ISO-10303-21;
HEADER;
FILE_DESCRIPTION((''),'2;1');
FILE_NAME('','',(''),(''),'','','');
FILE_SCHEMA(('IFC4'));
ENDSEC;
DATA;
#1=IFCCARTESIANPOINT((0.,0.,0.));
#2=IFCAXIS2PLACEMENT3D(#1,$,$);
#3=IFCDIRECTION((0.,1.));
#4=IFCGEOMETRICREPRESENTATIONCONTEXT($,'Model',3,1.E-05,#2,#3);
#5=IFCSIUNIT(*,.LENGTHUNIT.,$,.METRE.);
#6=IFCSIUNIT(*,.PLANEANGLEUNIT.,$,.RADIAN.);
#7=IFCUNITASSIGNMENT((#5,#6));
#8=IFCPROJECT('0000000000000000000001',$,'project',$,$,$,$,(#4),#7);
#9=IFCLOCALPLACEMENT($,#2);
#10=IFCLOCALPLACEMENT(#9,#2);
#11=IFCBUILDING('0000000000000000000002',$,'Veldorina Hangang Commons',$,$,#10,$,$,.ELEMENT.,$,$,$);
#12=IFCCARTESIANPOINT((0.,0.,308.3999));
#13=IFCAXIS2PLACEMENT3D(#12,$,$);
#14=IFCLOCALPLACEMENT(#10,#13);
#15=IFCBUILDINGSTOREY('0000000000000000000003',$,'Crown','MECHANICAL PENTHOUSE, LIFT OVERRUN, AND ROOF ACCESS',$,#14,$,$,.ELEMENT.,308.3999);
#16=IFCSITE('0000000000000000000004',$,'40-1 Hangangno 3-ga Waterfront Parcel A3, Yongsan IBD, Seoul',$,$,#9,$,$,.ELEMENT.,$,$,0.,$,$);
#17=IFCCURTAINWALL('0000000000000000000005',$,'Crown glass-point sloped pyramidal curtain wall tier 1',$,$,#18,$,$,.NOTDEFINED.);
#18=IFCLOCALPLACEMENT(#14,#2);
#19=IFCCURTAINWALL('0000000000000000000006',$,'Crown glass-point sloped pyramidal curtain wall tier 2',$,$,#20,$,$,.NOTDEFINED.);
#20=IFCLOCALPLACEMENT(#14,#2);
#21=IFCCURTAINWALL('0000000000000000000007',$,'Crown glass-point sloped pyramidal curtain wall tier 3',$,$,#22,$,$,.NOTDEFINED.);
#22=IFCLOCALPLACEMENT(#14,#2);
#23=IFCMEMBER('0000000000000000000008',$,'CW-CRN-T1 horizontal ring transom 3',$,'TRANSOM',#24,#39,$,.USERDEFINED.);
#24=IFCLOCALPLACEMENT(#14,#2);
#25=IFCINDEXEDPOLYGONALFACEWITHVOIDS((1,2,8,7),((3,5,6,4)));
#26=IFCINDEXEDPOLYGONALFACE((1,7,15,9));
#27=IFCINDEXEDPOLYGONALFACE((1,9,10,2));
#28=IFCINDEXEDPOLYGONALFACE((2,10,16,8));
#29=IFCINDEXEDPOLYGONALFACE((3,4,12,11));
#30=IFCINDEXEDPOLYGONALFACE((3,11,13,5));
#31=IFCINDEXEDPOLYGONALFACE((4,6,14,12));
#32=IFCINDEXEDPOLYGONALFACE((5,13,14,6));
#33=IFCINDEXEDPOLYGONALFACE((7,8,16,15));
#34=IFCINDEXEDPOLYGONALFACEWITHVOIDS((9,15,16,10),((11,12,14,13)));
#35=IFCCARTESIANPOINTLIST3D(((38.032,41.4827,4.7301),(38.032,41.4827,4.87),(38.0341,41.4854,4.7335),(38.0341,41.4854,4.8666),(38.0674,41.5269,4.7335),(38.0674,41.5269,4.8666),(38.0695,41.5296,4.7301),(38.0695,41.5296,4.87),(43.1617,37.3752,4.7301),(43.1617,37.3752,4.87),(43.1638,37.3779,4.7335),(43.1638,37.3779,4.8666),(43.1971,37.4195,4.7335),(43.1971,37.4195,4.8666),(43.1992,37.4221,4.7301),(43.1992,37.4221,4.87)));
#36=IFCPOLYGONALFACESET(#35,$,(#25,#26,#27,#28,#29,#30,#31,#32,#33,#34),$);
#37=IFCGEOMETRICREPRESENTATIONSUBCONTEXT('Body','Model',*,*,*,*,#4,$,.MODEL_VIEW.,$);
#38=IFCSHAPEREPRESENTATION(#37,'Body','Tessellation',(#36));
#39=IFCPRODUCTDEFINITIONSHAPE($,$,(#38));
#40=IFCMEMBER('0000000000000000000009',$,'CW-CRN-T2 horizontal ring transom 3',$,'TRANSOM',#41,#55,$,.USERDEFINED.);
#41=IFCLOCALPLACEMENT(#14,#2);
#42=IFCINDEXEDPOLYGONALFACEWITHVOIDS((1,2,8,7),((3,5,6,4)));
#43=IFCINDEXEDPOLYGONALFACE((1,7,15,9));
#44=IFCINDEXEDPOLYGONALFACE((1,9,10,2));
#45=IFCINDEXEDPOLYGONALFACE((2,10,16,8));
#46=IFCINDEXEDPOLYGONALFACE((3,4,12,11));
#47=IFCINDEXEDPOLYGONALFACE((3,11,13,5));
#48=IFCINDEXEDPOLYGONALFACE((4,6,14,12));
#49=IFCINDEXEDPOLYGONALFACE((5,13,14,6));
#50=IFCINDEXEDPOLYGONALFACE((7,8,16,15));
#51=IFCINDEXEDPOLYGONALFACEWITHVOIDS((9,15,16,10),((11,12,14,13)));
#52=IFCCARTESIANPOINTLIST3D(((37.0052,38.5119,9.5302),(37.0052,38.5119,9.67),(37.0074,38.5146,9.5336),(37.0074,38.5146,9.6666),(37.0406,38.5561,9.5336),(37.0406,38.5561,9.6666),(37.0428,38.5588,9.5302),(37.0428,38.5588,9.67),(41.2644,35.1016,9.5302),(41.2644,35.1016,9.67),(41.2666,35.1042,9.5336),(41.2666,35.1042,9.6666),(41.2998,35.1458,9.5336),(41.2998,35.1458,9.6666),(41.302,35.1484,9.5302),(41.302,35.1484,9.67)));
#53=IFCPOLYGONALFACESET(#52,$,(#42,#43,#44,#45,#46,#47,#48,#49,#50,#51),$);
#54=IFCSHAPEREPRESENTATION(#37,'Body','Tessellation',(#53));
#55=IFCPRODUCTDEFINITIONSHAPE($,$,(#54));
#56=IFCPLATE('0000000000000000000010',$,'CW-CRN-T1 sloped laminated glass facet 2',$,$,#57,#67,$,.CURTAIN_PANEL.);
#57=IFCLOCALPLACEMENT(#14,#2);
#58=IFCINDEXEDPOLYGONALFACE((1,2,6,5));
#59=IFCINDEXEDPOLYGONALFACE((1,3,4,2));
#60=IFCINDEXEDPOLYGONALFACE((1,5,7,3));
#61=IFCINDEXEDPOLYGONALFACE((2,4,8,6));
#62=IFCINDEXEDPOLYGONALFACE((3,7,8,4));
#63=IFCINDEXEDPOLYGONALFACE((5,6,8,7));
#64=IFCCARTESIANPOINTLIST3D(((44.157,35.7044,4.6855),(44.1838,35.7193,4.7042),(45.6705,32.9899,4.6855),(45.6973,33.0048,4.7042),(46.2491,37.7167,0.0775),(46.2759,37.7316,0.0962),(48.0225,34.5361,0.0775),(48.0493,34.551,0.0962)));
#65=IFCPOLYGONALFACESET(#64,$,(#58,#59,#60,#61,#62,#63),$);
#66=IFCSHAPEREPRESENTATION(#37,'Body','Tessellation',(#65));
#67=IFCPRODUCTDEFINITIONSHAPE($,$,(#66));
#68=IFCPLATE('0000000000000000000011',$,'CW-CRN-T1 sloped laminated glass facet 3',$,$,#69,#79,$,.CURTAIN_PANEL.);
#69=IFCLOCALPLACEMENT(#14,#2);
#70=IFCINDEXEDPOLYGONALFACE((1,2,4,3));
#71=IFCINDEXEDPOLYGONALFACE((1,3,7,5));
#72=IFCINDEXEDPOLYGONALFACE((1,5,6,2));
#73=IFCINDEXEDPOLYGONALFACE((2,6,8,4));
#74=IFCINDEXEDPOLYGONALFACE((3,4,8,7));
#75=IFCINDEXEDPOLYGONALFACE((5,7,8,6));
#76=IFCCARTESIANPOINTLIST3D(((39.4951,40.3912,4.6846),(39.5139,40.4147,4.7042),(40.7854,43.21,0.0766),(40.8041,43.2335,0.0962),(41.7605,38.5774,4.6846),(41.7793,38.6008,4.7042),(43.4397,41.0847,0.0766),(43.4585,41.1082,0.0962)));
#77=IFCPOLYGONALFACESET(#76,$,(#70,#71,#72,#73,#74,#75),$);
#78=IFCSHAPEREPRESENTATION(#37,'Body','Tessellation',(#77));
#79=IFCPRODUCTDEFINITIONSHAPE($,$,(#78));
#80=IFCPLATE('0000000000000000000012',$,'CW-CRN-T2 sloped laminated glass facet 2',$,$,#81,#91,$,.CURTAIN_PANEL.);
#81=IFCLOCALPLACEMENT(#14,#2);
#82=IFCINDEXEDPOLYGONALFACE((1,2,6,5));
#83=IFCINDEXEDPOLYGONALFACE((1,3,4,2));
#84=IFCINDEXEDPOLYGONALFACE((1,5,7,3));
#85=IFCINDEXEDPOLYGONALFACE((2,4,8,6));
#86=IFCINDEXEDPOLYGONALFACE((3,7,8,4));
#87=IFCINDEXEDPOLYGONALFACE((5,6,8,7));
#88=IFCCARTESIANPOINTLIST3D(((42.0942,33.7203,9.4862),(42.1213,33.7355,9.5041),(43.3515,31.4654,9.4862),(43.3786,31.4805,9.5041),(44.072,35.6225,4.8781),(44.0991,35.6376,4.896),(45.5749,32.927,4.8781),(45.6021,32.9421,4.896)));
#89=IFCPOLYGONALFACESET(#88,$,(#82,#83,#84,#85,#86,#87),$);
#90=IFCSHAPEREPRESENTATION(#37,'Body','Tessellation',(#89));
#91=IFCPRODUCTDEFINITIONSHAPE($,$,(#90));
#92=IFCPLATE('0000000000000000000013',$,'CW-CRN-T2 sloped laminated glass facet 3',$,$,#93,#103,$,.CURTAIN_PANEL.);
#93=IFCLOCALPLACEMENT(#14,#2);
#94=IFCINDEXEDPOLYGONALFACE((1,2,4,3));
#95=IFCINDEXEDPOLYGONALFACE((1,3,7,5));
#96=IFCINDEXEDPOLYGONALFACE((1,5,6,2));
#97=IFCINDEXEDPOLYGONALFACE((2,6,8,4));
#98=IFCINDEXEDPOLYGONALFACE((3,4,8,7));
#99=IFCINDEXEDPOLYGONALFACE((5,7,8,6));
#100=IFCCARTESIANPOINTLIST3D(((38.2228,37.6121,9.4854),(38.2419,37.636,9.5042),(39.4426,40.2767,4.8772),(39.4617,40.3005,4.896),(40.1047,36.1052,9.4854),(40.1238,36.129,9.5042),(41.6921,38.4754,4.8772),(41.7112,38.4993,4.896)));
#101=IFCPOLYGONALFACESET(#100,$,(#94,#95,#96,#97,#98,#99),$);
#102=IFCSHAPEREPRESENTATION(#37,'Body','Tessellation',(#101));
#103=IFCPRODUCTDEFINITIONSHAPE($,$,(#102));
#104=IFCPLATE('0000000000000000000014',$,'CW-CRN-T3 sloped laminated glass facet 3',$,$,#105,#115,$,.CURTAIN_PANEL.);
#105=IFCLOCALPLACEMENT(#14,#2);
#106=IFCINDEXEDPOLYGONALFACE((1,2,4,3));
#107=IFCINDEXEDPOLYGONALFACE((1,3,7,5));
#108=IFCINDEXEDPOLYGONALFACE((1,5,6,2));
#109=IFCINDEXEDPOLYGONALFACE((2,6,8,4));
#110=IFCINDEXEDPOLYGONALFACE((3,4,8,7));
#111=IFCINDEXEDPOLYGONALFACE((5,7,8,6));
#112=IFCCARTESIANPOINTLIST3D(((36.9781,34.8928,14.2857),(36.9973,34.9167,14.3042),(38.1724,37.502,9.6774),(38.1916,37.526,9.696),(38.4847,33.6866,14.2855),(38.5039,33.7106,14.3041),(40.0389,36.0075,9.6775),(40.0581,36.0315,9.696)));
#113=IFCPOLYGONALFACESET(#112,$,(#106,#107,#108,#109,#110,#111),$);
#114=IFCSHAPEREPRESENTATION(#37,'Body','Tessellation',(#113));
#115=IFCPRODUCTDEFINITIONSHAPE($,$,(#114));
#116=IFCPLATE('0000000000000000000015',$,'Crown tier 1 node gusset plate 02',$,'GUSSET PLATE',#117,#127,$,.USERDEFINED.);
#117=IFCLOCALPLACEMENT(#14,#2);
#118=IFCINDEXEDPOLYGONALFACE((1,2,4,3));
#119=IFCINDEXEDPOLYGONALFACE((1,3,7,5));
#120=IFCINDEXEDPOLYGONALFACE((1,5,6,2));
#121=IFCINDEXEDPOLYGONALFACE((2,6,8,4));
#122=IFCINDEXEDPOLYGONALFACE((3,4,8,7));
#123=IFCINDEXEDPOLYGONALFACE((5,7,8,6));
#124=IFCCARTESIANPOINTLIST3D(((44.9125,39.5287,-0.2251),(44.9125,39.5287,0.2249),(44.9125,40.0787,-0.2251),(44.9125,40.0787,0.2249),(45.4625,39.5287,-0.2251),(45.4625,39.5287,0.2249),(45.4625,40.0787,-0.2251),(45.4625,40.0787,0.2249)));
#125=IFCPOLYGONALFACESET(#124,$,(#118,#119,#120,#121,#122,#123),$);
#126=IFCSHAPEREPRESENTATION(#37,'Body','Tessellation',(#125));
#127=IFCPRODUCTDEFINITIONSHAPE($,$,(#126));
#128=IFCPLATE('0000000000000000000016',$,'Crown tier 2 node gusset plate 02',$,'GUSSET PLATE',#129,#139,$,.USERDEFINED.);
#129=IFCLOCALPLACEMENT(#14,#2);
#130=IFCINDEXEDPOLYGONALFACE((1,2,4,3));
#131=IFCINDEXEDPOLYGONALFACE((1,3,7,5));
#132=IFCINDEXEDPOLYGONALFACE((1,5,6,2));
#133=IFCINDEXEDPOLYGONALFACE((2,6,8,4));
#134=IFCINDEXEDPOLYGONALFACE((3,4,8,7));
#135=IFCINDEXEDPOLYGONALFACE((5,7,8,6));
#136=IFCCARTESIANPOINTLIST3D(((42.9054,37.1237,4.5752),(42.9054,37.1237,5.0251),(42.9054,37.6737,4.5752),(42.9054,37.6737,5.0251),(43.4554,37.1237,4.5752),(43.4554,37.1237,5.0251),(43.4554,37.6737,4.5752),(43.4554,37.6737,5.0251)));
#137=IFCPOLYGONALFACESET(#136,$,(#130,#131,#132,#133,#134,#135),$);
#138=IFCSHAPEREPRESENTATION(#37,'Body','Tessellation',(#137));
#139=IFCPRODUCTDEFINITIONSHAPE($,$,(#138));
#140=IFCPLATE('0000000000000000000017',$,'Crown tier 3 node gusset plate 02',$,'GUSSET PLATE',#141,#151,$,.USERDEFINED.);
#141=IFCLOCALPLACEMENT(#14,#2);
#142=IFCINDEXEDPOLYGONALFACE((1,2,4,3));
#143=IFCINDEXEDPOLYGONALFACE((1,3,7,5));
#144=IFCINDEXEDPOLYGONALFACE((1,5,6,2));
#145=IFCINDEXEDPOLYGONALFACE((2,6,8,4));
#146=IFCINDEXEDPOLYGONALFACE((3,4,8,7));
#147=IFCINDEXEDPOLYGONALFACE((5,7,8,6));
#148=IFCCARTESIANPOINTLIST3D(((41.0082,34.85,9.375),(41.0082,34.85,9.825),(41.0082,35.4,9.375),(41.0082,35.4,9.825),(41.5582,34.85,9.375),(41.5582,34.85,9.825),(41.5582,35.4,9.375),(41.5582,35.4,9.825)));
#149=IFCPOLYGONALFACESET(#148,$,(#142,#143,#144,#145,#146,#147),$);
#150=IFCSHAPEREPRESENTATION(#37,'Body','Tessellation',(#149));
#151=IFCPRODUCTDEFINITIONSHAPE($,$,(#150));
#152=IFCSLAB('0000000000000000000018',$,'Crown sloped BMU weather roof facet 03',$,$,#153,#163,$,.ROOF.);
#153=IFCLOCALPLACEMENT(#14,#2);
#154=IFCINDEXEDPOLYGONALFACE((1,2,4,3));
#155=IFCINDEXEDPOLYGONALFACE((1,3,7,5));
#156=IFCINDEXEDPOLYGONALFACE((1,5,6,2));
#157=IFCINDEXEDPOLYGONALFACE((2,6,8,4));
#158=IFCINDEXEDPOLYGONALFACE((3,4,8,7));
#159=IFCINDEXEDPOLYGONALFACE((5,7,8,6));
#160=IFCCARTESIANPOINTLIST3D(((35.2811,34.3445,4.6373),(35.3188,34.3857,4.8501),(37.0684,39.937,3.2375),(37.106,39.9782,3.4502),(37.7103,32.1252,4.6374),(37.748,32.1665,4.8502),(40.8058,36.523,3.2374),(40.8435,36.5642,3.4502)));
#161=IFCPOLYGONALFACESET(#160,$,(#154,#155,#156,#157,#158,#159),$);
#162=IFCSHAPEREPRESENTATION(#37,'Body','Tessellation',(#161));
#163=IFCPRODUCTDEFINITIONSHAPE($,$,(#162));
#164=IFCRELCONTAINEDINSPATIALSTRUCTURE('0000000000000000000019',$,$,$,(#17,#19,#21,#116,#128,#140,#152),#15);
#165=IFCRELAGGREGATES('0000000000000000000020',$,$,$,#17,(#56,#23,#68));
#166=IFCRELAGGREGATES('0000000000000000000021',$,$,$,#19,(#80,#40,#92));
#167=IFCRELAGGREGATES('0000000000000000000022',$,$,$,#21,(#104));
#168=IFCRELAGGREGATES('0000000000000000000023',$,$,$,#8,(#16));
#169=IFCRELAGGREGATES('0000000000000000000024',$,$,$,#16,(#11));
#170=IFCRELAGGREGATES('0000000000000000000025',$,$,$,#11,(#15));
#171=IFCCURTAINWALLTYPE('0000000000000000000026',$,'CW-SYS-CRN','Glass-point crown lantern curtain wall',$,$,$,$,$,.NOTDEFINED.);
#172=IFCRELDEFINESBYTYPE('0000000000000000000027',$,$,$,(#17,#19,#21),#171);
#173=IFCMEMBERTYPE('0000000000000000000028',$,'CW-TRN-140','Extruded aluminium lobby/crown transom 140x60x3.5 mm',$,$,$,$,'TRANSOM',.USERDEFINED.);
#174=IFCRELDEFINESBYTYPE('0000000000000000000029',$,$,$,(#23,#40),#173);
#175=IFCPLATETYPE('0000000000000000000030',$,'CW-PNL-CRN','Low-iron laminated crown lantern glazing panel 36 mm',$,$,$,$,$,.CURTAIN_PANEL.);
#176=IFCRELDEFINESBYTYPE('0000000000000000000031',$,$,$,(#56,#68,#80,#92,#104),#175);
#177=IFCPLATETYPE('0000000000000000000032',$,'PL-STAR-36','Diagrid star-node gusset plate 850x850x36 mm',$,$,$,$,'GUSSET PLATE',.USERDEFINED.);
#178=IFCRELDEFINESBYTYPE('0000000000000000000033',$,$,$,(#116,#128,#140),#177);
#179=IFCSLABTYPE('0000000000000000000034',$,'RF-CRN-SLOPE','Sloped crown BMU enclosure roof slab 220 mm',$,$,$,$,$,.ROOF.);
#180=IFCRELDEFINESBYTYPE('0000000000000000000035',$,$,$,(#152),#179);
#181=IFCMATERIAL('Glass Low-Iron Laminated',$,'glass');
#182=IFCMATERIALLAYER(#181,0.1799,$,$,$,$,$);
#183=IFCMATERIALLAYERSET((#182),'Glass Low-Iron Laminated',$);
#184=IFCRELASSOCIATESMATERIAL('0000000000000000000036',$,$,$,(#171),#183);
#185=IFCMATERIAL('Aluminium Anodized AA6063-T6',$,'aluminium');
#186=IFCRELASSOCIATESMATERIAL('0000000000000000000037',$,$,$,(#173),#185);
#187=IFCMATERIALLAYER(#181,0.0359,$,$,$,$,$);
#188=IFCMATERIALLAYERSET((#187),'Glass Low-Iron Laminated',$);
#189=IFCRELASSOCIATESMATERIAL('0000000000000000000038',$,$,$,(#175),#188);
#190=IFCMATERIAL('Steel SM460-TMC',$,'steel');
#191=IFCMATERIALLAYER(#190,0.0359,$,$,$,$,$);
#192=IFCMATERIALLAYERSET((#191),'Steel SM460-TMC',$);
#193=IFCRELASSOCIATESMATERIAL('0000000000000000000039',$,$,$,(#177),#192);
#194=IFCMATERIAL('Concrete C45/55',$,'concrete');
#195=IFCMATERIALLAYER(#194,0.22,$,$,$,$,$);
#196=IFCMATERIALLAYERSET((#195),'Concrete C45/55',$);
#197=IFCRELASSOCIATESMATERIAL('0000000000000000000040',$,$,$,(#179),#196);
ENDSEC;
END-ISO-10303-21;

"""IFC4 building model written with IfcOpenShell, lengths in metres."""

from ifc_helpers import new_model, si_unit, direction, frame, origin, origin_2d, place, context, subcontext, project, spatial, polyline, rectangle, hollow_rectangle, outline, extrude, material, layer, layer_set, material_profile, profile_set, type_object, element, aggregate, save


model = new_model("IFC4")

# Units and contexts
model_context = context("Model", 3, precision=1e-05, world=origin(), true_north=direction((0.0, 1.0)))
body_context = subcontext(model_context, "Body", "Model", "MODEL_VIEW")
ifc_project = project(units=[si_unit("LENGTHUNIT", "METRE"), si_unit("PLANEANGLEUNIT", "RADIAN")], contexts=[model_context])

# Site, building, storey
site_placement = place(None, origin())
site = spatial("IfcSite", under=ifc_project, at=site_placement, Name="40-1 Hangangno 3-ga Waterfront Parcel A3, Yongsan IBD, Seoul", CompositionType="ELEMENT", RefElevation=0.0)
building_placement = place(site_placement, origin())
building = spatial("IfcBuilding", under=site, at=building_placement, Name="Veldorina Hangang Commons", CompositionType="ELEMENT")
storey_placement = place(building_placement, frame((0.0, 0.0, 308.3999)))
storey = spatial("IfcBuildingStorey", under=building, at=storey_placement, Name="Crown", Description="MECHANICAL PENTHOUSE, LIFT OVERRUN, AND ROOF ACCESS", CompositionType="ELEMENT", Elevation=308.3999)

# Shared definitions
ifc_material_1 = material(Name="Steel SM460-TMC", Category="steel")

# Curtain walls
ifc_material_2 = material(Name="Glass Low-Iron Laminated", Category="glass")
ifc_layer_1 = layer(ifc_material_2, 0.1799)
ifc_layer_set_1 = layer_set([ifc_layer_1], Name="Glass Low-Iron Laminated")
curtain_wall_type = type_object("IfcCurtainWallType", Name="CW-SYS-CRN", Description="Glass-point crown lantern curtain wall", PredefinedType="NOTDEFINED", material=ifc_layer_set_1)
curtain_wall_1_placement = place(storey_placement, origin())
curtain_wall_1 = element("IfcCurtainWall", 1, at=curtain_wall_1_placement, inside=storey, type_object=curtain_wall_type, Name="Crown glass-point sloped pyramidal curtain wall tier 1", PredefinedType="NOTDEFINED")
ifc_material_3 = material(Name="Aluminium Anodized AA6063-T6", Category="aluminium")
curtain_wall_2_placement = place(storey_placement, origin())
curtain_wall_2 = element("IfcCurtainWall", 2, at=curtain_wall_2_placement, inside=storey, type_object=curtain_wall_type, Name="Crown glass-point sloped pyramidal curtain wall tier 2", PredefinedType="NOTDEFINED")

# Curtain wall
curtain_wall_3_placement = place(storey_placement, origin())
curtain_wall_3 = element("IfcCurtainWall", 3, at=curtain_wall_3_placement, inside=storey, type_object=curtain_wall_type, Name="Crown glass-point sloped pyramidal curtain wall tier 3", PredefinedType="NOTDEFINED")

# Members
ifc_material_profile_1 = material_profile(ifc_material_3, hollow_rectangle(XDim=0.0601, YDim=0.1399, WallThickness=0.0034, at=origin_2d()), Name="ALU-RHS-140x60x3.5")
ifc_profile_set_1 = profile_set([ifc_material_profile_1], Name="Aluminium Anodized AA6063-T6")
member_type_1 = type_object("IfcMemberType", Name="CW-TRN-140", Description="Extruded aluminium lobby/crown transom 140x60x3.5 mm", ElementType="TRANSOM", PredefinedType="USERDEFINED", material=ifc_profile_set_1)
member_1_placement = place(storey_placement, frame((43.1804, 37.3987, 4.8), z_axis=(-0.780593, 0.625039, 0.0), x_axis=(-0.625039, -0.780593, 0.0)))
member_1 = element("IfcMember", 4, at=member_1_placement, type_object=member_type_1, Name="CW-CRN-T1 horizontal ring transom 3", ObjectType="TRANSOM", PredefinedType="USERDEFINED", context=body_context, shape_type="SweptSolid", body=[
    extrude(hollow_rectangle(XDim=0.0601, YDim=0.1399, WallThickness=0.0034, at=origin_2d()), origin(), (0.0, 0.0, 1.0), 6.5715),
])
member_2_placement = place(storey_placement, frame((41.2832, 35.125, 9.6001), z_axis=(-0.780602, 0.625028, 0.0), x_axis=(-0.625028, -0.780602, 0.0)))
member_2 = element("IfcMember", 5, at=member_2_placement, type_object=member_type_1, Name="CW-CRN-T2 horizontal ring transom 3", ObjectType="TRANSOM", PredefinedType="USERDEFINED", context=body_context, shape_type="SweptSolid", body=[
    extrude(hollow_rectangle(XDim=0.0601, YDim=0.1399, WallThickness=0.0034, at=origin_2d()), origin(), (0.0, 0.0, 1.0), 5.4563),
])

# Plates
ifc_layer_2 = layer(ifc_material_2, 0.0359)
ifc_layer_set_2 = layer_set([ifc_layer_2], Name="Glass Low-Iron Laminated")
plate_type_1 = type_object("IfcPlateType", Name="CW-PNL-CRN", Description="Low-iron laminated crown lantern glazing panel 36 mm", PredefinedType="CURTAIN_PANEL", material=ifc_layer_set_2)
plate_1_placement = place(storey_placement, frame((48.0493, 34.551, 0.0962), z_axis=(0.745891, 0.415884, 0.520276), x_axis=(-0.486985, 0.87341, 0.000001)))
plate_1 = element("IfcPlate", 6, at=plate_1_placement, type_object=plate_type_1, Name="CW-CRN-T1 sloped laminated glass facet 2", PredefinedType="CURTAIN_PANEL", context=body_context, shape_type="SweptSolid", body=[
    extrude(outline(polyline([(0.0, 0.0), (3.6416, 0.0), (2.9028, 5.3958), (-0.2051, 5.3958), (0.0, 0.0)])), origin(), (0.0, 0.0, -1.0), 0.0359),
])
plate_2_placement = place(storey_placement, frame((43.4585, 41.1082, 0.0962), z_axis=(0.523451, 0.653738, 0.546467), x_axis=(-0.780603, 0.625027, 0.000007)))
plate_2 = element("IfcPlate", 7, at=plate_2_placement, type_object=plate_type_1, Name="CW-CRN-T1 sloped laminated glass facet 3", PredefinedType="CURTAIN_PANEL", context=body_context, shape_type="SweptSolid", body=[
    extrude(outline(polyline([(0.0, 0.0), (3.4004, 0.0), (2.6458, 5.5022), (-0.2563, 5.5022), (0.0, 0.0)])), origin(), (0.0, 0.0, -1.0), 0.0359),
])
aggregate(curtain_wall_1, [plate_1, member_1, plate_2])
plate_3_placement = place(storey_placement, frame((45.6021, 32.9421, 4.896), z_axis=(0.75687, 0.422014, 0.49905), x_axis=(-0.486989, 0.873408, -0.000006)))
plate_3 = element("IfcPlate", 8, at=plate_3_placement, type_object=plate_type_1, Name="CW-CRN-T2 sloped laminated glass facet 2", PredefinedType="CURTAIN_PANEL", context=body_context, shape_type="SweptSolid", body=[
    extrude(outline(polyline([(0.0, 0.0), (3.0862, 0.0), (2.3879, 5.3176), (-0.1938, 5.3176), (0.0, 0.0)])), origin(), (0.0, 0.0, -1.0), 0.0359),
])
plate_4_placement = place(storey_placement, frame((41.7112, 38.4993, 4.896), z_axis=(0.531988, 0.664377, 0.524969), x_axis=(-0.780589, 0.625044, -0.000001)))
plate_4 = element("IfcPlate", 9, at=plate_4_placement, type_object=plate_type_1, Name="CW-CRN-T2 sloped laminated glass facet 3", PredefinedType="CURTAIN_PANEL", context=body_context, shape_type="SweptSolid", body=[
    extrude(outline(polyline([(0.0, 0.0), (2.8818, 0.0), (2.1685, 5.4143), (-0.2424, 5.4143), (0.0, 0.0)])), origin(), (0.0, 0.0, -1.0), 0.0359),
])
aggregate(curtain_wall_2, [plate_3, member_2, plate_4])
plate_5_placement = place(storey_placement, frame((40.0581, 36.0315, 9.696), z_axis=(0.535002, 0.668197, 0.516997), x_axis=(-0.780603, 0.625027, -0.000032)))
plate_5 = element("IfcPlate", 10, at=plate_5_placement, type_object=plate_type_1, Name="CW-CRN-T3 sloped laminated glass facet 3", PredefinedType="CURTAIN_PANEL", context=body_context, shape_type="SweptSolid", body=[
    extrude(outline(polyline([(0.0, 0.0), (2.3911, 0.0), (1.6924, 5.3835), (-0.2375, 5.3833), (0.0, 0.0)])), origin(), (0.0, 0.0, -1.0), 0.0359),
])
aggregate(curtain_wall_3, [plate_5])

# Plates
ifc_layer_3 = layer(ifc_material_1, 0.0359)
ifc_layer_set_3 = layer_set([ifc_layer_3], Name="Steel SM460-TMC")
plate_type_2 = type_object("IfcPlateType", Name="PL-STAR-36", Description="Diagrid star-node gusset plate 850x850x36 mm", ElementType="GUSSET PLATE", PredefinedType="USERDEFINED", material=ifc_layer_set_3)
for number, where, z_axis, x_axis, name in (
    (11, (45.1875, 39.8037, -0.2251), (0.0, 0.0, 1.0), (1.0, 0.0, 0.0), "Crown tier 1 node gusset plate 02"),
    (12, (43.1804, 37.3987, 4.5752), (0.0, 0.0, 1.0), (1.0, 0.0, 0.0), "Crown tier 2 node gusset plate 02"),
    (13, (41.2832, 35.125, 9.375), (0.0, 0.0, 1.0), (1.0, 0.0, 0.0), "Crown tier 3 node gusset plate 02"),
):
    element("IfcPlate", number, at=place(storey_placement, frame(where, z_axis=z_axis, x_axis=x_axis)), inside=storey, type_object=plate_type_2, Name=name, ObjectType="GUSSET PLATE", PredefinedType="USERDEFINED", context=body_context, shape_type="SweptSolid", body=[
        extrude(rectangle(XDim=0.55, YDim=0.55, at=origin_2d()), origin(), (0.0, 0.0, 1.0), 0.45),
    ])

# Slab
ifc_material_4 = material(Name="Concrete C45/55", Category="concrete")
ifc_layer_4 = layer(ifc_material_4, 0.22)
ifc_layer_set_4 = layer_set([ifc_layer_4], Name="Concrete C45/55")
slab_type = type_object("IfcSlabType", Name="RF-CRN-SLOPE", Description="Sloped crown BMU enclosure roof slab 220 mm", PredefinedType="ROOF", material=ifc_layer_set_4)
slab_placement = place(storey_placement, frame((40.8435, 36.5642, 3.4502), z_axis=(0.171195, 0.187407, 0.967249), x_axis=(-0.738335, 0.674434, 0.000006)))
element("IfcSlab", 14, at=slab_placement, inside=storey, type_object=slab_type, Name="Crown sloped BMU weather roof facet 03", PredefinedType="ROOF", context=body_context, shape_type="SweptSolid", body=[
    extrude(outline(polyline([(0.0, 0.0), (5.062, 0.0), (2.6099, 5.5151), (-0.6804, 5.5154), (0.0, 0.0)])), origin(), (0.0, 0.0, -1.0), 0.22),
])

save(model, "model.ifc")
